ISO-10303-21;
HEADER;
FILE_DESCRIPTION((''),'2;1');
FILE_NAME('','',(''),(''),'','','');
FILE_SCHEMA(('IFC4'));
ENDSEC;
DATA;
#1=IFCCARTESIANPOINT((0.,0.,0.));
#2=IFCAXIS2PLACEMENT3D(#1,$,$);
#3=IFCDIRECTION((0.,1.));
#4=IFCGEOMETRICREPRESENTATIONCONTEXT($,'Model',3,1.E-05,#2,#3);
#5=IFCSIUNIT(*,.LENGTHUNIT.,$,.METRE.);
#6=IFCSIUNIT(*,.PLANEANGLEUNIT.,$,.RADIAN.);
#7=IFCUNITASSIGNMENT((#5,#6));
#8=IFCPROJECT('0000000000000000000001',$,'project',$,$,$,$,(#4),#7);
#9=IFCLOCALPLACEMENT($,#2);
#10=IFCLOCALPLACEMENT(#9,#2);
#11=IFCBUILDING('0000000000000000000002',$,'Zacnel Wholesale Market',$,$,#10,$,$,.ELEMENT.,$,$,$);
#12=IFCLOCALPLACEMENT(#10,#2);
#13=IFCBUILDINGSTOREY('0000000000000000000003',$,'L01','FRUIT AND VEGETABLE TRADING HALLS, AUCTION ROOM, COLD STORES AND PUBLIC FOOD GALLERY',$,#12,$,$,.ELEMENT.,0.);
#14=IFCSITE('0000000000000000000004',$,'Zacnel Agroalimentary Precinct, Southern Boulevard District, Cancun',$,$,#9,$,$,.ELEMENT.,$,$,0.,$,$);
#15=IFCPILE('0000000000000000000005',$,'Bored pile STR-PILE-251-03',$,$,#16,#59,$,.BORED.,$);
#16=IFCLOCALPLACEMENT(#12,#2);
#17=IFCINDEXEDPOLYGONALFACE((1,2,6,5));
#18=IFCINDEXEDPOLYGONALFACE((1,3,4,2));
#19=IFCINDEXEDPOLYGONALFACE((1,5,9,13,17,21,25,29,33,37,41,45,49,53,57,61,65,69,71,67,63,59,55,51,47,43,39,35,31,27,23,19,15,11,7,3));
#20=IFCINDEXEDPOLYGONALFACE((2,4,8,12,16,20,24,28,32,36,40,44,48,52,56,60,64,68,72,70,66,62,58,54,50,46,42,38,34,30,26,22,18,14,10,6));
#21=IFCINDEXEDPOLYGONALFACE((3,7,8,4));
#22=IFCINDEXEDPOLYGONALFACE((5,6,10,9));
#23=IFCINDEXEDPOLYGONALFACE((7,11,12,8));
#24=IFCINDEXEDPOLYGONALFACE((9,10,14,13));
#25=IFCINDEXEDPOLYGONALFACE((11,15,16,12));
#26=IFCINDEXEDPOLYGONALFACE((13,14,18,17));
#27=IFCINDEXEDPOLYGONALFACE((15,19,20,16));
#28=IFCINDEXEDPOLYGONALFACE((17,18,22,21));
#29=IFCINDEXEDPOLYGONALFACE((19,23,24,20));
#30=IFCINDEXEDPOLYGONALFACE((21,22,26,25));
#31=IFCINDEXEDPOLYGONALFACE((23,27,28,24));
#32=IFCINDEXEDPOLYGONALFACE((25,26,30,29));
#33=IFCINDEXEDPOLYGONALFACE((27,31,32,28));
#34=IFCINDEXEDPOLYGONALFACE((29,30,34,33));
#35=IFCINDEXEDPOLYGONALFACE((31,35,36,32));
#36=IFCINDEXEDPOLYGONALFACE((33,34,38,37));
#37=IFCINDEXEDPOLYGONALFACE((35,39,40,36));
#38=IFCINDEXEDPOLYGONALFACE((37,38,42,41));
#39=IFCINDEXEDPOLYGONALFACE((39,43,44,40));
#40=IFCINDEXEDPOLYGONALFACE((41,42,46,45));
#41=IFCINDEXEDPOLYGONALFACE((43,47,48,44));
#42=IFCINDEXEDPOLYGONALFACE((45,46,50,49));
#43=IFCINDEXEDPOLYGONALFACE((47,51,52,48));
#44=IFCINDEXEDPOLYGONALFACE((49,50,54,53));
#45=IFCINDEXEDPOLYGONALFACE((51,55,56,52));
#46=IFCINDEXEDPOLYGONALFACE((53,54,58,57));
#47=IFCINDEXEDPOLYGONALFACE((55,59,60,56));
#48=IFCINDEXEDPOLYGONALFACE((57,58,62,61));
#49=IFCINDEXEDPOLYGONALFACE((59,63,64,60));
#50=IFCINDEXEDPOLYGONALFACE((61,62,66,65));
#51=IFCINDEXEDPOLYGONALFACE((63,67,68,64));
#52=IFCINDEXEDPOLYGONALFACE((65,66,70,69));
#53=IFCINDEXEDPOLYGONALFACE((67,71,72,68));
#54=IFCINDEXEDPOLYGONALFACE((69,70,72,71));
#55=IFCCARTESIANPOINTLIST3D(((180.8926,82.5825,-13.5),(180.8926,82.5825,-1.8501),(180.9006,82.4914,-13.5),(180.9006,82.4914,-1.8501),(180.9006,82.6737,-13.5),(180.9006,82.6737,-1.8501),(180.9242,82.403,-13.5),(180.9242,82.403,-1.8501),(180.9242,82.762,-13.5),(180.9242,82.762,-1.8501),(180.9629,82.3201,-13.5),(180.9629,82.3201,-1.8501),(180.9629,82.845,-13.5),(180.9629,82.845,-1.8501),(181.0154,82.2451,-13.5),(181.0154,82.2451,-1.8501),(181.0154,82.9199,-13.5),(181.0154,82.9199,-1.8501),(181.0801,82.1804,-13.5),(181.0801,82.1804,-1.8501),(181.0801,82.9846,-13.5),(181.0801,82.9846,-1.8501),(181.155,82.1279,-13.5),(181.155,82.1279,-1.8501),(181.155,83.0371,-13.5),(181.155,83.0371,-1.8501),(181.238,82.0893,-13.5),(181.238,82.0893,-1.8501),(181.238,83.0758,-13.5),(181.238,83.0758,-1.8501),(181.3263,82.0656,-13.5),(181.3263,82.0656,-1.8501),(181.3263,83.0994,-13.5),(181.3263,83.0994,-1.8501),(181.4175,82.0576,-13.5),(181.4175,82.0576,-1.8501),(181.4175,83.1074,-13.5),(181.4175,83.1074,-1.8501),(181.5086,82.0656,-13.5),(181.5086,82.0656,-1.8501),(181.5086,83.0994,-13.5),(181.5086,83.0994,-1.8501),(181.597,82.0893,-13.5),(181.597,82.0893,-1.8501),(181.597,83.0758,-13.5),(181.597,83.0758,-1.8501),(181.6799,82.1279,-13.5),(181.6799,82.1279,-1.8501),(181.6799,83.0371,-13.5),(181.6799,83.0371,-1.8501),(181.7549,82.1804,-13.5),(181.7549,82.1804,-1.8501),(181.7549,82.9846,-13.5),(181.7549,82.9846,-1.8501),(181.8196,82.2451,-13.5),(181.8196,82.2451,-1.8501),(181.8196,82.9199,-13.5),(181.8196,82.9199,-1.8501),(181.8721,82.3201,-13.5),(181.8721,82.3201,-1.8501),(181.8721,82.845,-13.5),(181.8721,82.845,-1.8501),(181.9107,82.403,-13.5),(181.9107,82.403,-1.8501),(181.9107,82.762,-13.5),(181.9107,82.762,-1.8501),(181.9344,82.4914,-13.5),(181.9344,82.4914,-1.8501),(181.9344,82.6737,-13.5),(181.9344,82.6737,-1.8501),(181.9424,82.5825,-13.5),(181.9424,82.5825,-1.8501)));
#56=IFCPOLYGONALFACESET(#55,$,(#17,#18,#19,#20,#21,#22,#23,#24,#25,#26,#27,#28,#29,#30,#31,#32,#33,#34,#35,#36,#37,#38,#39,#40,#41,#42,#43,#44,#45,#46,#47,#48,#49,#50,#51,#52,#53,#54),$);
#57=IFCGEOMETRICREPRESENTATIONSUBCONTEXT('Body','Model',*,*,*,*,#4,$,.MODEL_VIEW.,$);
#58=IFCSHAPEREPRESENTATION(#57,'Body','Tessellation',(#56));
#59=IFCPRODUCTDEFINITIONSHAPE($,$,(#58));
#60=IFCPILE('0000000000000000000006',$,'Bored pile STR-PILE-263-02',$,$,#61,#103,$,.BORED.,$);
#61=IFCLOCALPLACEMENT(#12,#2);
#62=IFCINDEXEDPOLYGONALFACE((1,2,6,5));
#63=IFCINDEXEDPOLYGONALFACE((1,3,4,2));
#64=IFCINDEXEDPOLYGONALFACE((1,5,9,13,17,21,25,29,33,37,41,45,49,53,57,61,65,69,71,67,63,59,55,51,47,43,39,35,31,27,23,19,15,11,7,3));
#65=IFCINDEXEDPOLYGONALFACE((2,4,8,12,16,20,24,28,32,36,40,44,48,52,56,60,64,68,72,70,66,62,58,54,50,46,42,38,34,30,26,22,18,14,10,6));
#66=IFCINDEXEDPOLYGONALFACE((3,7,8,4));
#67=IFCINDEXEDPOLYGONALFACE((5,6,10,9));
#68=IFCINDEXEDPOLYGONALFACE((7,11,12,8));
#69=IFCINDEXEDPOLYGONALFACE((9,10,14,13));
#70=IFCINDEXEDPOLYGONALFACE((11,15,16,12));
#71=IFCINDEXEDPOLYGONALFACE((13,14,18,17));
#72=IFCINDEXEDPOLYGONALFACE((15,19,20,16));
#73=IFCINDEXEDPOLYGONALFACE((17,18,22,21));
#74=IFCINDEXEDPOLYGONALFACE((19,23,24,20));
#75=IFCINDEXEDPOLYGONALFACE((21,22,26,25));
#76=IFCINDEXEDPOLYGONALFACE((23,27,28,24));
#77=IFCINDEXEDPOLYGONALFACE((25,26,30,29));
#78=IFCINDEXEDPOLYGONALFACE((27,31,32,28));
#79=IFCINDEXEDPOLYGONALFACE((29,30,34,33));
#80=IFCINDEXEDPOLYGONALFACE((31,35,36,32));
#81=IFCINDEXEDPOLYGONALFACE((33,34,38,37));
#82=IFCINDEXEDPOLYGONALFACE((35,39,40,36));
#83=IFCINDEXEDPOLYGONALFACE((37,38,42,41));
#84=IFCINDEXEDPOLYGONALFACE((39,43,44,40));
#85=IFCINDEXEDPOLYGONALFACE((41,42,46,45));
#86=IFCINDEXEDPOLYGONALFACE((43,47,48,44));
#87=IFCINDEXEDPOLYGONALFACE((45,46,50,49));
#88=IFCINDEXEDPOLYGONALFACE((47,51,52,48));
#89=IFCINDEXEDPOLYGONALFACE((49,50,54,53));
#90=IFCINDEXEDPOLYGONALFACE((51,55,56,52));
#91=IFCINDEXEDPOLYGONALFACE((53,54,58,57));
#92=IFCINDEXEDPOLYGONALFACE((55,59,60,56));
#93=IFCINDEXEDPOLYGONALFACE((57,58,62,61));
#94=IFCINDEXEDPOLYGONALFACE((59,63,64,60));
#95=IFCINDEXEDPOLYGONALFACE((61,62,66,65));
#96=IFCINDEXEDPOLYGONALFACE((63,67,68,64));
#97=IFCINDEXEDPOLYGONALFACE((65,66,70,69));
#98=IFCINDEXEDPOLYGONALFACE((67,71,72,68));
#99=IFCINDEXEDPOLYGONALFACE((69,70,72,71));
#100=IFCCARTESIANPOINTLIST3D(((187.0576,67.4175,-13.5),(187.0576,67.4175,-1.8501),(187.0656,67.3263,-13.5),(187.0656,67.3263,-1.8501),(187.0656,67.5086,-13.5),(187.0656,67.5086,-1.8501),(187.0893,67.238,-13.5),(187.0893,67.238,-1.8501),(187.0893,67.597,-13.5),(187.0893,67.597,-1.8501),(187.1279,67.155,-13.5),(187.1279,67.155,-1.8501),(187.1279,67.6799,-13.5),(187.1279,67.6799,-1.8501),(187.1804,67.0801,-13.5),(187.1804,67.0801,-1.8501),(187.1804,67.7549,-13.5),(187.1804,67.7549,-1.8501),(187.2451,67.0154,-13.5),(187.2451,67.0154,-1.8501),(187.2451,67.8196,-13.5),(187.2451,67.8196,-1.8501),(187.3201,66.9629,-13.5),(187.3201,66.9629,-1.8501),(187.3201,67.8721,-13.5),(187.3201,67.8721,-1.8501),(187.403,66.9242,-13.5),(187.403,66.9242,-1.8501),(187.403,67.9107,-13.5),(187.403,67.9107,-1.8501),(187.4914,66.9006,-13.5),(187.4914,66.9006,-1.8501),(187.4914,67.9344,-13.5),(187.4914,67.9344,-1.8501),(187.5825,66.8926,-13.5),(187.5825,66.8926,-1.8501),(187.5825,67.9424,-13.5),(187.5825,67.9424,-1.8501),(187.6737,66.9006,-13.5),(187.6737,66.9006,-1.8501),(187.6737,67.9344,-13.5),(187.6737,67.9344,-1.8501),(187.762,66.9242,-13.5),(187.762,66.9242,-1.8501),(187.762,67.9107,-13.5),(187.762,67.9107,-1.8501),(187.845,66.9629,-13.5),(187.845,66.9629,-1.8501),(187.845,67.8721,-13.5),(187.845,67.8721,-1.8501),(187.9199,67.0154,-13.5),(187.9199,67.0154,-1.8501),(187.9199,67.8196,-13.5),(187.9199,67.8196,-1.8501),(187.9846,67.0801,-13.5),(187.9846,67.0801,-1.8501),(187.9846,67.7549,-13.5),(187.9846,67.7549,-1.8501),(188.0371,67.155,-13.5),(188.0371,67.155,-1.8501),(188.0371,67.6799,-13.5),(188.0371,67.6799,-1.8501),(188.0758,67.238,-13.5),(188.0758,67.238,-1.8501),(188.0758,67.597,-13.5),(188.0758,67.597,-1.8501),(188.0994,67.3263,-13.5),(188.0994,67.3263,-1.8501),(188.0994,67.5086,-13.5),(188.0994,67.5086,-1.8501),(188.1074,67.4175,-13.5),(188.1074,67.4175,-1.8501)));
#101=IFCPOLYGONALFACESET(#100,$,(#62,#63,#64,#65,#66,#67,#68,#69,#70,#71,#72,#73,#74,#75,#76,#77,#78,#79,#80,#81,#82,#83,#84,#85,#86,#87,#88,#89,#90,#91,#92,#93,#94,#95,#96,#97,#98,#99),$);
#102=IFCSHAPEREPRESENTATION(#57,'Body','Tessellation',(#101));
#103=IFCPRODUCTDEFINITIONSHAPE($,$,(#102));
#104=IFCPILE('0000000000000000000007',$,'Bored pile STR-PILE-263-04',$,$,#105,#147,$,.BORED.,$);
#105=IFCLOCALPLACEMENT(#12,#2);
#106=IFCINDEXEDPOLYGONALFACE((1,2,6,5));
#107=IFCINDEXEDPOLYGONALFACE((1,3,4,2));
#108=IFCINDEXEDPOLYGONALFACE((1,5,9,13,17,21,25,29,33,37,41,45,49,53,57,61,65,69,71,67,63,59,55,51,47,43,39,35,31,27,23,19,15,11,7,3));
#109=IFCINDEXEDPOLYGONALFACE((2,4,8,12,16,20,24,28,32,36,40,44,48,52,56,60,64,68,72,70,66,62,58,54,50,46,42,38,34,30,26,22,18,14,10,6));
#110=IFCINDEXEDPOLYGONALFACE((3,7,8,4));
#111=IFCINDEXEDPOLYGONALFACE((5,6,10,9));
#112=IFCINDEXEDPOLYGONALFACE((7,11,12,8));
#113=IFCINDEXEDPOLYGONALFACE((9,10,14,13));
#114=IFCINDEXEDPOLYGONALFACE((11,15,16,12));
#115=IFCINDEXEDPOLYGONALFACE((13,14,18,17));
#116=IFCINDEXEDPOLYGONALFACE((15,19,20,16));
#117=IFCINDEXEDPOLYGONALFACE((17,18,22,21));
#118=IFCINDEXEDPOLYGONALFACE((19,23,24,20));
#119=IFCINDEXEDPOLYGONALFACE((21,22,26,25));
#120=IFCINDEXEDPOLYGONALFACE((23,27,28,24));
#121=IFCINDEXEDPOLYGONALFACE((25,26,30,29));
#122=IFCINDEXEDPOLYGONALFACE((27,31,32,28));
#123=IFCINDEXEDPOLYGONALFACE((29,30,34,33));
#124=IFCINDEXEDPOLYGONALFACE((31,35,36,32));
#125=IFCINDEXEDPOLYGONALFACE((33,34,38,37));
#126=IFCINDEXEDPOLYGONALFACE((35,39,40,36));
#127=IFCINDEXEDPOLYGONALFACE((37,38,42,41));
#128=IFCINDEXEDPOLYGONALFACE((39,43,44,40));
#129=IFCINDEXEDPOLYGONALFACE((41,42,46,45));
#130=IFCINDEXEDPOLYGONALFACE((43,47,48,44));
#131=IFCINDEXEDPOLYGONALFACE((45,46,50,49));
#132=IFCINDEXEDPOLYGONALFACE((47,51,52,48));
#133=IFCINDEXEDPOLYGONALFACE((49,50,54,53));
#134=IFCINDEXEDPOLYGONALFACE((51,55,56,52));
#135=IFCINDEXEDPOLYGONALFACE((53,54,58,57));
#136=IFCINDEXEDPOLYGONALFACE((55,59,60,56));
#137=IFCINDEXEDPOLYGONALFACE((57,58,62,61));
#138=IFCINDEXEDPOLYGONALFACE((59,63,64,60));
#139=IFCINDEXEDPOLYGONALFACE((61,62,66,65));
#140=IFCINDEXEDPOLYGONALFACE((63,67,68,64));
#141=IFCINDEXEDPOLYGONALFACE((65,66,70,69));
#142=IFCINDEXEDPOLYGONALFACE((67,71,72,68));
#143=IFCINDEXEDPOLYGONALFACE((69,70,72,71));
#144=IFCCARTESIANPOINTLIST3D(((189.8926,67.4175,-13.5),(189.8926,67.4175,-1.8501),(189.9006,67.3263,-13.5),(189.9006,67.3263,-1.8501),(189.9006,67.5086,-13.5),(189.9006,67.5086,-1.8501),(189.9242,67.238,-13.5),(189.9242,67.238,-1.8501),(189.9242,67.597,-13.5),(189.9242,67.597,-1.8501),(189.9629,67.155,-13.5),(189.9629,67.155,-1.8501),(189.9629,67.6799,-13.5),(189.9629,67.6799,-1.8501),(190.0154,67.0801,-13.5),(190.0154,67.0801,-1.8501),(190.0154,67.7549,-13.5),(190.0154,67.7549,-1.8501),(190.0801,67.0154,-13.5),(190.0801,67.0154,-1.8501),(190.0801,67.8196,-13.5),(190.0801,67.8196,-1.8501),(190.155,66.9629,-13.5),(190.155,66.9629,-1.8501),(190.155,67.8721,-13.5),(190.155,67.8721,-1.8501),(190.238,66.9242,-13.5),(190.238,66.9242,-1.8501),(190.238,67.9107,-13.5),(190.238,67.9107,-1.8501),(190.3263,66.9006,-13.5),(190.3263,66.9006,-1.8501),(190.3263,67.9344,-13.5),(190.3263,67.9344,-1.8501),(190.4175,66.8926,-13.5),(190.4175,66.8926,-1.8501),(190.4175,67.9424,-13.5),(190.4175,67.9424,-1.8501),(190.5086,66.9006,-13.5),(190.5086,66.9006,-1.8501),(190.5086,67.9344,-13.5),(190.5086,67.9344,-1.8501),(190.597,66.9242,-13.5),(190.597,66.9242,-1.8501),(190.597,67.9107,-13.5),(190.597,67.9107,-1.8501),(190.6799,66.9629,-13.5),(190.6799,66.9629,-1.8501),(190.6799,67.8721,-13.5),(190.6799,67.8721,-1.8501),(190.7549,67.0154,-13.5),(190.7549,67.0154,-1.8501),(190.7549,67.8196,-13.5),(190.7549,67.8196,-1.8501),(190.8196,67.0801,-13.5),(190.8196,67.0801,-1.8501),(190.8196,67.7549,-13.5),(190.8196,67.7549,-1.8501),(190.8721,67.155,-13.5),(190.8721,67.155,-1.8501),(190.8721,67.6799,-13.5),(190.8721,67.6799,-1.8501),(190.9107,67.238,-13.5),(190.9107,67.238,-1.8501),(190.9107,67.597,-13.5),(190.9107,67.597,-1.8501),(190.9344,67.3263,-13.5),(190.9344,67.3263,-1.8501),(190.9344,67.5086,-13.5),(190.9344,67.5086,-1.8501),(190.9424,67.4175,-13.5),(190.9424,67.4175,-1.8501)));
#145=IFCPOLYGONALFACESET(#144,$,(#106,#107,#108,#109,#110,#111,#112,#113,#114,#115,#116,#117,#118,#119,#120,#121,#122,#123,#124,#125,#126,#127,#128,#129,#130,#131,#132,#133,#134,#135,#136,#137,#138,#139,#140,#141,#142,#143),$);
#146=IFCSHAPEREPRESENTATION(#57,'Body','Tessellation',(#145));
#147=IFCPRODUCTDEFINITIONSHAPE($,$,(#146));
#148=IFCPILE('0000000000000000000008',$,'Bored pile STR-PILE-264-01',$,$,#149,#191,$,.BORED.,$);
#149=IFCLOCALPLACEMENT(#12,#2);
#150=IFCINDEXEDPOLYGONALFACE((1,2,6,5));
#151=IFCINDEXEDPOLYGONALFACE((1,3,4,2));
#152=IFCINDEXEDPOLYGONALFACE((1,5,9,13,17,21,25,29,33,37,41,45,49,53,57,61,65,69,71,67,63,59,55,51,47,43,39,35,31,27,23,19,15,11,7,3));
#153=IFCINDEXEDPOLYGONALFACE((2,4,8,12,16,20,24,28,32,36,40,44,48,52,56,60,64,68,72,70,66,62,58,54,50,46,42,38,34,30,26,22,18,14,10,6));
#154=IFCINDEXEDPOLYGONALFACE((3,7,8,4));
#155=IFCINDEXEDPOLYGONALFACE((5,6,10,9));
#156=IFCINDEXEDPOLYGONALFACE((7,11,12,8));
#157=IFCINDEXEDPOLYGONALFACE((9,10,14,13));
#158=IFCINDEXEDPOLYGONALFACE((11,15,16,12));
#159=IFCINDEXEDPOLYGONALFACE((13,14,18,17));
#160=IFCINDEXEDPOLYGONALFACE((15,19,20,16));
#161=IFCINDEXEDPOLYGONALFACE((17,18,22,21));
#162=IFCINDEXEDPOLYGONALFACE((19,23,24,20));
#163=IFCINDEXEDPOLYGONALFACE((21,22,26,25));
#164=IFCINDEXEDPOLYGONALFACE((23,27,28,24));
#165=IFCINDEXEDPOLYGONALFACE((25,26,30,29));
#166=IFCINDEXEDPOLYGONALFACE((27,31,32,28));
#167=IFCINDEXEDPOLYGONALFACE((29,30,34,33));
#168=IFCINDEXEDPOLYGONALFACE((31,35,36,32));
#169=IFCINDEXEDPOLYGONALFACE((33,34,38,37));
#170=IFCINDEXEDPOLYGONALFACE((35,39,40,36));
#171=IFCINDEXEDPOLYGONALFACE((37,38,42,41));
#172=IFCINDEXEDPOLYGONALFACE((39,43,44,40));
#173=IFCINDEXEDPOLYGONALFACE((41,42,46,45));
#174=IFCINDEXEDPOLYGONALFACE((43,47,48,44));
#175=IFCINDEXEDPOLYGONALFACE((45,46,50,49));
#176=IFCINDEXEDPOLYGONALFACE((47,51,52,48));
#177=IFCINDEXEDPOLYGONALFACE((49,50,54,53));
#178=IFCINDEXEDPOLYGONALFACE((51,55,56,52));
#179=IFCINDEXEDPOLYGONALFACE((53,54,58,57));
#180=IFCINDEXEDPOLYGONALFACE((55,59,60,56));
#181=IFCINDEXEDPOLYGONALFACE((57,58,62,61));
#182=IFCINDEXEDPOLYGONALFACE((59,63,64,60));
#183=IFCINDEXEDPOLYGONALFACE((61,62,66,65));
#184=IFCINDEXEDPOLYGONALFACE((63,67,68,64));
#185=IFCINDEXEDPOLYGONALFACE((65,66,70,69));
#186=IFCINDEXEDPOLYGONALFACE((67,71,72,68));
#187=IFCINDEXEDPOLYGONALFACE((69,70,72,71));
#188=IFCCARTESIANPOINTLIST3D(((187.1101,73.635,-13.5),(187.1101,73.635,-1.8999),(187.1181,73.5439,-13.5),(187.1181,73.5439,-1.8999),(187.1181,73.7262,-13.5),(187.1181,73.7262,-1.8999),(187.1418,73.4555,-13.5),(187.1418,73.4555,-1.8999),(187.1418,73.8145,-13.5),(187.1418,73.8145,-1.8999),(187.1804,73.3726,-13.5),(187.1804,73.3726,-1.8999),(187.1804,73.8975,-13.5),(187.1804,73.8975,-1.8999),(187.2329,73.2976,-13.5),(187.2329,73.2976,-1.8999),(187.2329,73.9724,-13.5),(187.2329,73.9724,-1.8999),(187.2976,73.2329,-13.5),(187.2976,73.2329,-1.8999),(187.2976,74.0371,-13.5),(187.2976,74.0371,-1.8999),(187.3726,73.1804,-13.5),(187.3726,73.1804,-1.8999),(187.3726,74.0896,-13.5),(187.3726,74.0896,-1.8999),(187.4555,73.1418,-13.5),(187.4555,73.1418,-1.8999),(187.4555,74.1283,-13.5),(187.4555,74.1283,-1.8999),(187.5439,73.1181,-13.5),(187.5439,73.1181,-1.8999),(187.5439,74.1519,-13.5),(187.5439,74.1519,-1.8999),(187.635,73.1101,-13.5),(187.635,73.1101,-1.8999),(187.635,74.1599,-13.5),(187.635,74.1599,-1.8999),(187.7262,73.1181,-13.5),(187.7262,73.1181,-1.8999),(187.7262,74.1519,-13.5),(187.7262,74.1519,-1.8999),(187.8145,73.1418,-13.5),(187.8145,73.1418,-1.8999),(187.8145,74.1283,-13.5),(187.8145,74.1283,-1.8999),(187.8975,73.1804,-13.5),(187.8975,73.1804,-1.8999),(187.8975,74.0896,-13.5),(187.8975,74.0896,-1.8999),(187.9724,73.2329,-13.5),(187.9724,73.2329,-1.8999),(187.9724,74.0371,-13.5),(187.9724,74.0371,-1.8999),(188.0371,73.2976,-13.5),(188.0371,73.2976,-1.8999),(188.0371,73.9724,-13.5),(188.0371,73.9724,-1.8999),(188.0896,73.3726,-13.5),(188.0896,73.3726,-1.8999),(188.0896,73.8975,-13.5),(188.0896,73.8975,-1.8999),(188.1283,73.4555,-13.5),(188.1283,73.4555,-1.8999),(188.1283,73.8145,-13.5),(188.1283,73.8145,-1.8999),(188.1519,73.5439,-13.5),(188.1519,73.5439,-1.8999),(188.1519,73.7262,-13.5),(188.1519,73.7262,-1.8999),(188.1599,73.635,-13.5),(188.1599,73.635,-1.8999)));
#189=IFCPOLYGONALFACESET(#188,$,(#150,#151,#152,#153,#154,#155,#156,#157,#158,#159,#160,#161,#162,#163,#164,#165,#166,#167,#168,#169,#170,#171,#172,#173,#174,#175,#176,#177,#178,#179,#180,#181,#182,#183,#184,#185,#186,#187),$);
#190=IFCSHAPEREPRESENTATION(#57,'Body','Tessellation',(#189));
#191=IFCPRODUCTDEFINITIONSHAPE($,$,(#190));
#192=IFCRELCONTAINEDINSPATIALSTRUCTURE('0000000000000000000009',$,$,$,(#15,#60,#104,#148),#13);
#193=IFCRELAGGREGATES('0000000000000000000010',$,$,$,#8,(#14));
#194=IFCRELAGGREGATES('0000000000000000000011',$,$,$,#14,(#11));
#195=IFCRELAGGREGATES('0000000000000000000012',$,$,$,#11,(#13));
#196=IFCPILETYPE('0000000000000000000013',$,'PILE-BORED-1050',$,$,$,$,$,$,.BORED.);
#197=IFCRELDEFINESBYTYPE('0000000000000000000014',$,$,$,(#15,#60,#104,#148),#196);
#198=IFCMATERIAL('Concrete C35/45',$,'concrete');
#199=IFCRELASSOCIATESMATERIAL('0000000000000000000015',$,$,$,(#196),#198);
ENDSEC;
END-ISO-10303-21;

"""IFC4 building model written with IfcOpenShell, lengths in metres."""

from ifc_helpers import new_model, si_unit, direction, frame, origin, origin_2d, place, context, subcontext, project, spatial, circle, extrude, material, material_profile, profile_set, type_object, element, save


model = new_model("IFC4")

# Units and contexts
model_context = context("Model", 3, precision=1e-05, world=origin(), true_north=direction((0.0, 1.0)))
body_context = subcontext(model_context, "Body", "Model", "MODEL_VIEW")
ifc_project = project(units=[si_unit("LENGTHUNIT", "METRE"), si_unit("PLANEANGLEUNIT", "RADIAN")], contexts=[model_context])

# Site, building, storey
site_placement = place(None, origin())
site = spatial("IfcSite", under=ifc_project, at=site_placement, Name="Zacnel Agroalimentary Precinct, Southern Boulevard District, Cancun", CompositionType="ELEMENT", RefElevation=0.0)
building_placement = place(site_placement, origin())
building = spatial("IfcBuilding", under=site, at=building_placement, Name="Zacnel Wholesale Market", CompositionType="ELEMENT")
storey_placement = place(building_placement, origin())
storey = spatial("IfcBuildingStorey", under=building, at=storey_placement, Name="L01", Description="FRUIT AND VEGETABLE TRADING HALLS, AUCTION ROOM, COLD STORES AND PUBLIC FOOD GALLERY", CompositionType="ELEMENT", Elevation=0.0)

# Piles
ifc_material_1 = material(Name="Concrete C35/45", Category="concrete")
ifc_material_profile_1 = material_profile(ifc_material_1, circle(Radius=0.5249, at=origin_2d()), Name="BORED PILE D1050")
ifc_profile_set_1 = profile_set([ifc_material_profile_1], Name="Concrete C35/45")
pile_type = type_object("IfcPileType", Name="PILE-BORED-1050", PredefinedType="BORED", material=ifc_profile_set_1)
for number, where, z_axis, x_axis, name in (
    (1, (181.4175, 82.5825, -1.8501), (0.0, 0.0, -1.0), (1.0, 0.0, 0.0), "Bored pile STR-PILE-251-03"),
    (2, (187.5825, 67.4175, -1.8501), (0.0, 0.0, -1.0), (1.0, 0.0, 0.0), "Bored pile STR-PILE-263-02"),
    (3, (190.4175, 67.4175, -1.8501), (0.0, 0.0, -1.0), (1.0, 0.0, 0.0), "Bored pile STR-PILE-263-04"),
):
    element("IfcPile", number, at=place(storey_placement, frame(where, z_axis=z_axis, x_axis=x_axis)), inside=storey, type_object=pile_type, Name=name, PredefinedType="BORED", context=body_context, shape_type="SweptSolid", body=[
        extrude(circle(Radius=0.5249, at=origin_2d()), origin(), (0.0, 0.0, 1.0), 11.6499),
    ])
for number, where, z_axis, x_axis, name in (
    (4, (187.635, 73.635, -1.8999), (0.0, 0.0, -1.0), (1.0, 0.0, 0.0), "Bored pile STR-PILE-264-01"),
):
    element("IfcPile", number, at=place(storey_placement, frame(where, z_axis=z_axis, x_axis=x_axis)), inside=storey, type_object=pile_type, Name=name, PredefinedType="BORED", context=body_context, shape_type="SweptSolid", body=[
        extrude(circle(Radius=0.5249, at=origin_2d()), origin(), (0.0, 0.0, 1.0), 11.6001),
    ])

save(model, "model.ifc")
